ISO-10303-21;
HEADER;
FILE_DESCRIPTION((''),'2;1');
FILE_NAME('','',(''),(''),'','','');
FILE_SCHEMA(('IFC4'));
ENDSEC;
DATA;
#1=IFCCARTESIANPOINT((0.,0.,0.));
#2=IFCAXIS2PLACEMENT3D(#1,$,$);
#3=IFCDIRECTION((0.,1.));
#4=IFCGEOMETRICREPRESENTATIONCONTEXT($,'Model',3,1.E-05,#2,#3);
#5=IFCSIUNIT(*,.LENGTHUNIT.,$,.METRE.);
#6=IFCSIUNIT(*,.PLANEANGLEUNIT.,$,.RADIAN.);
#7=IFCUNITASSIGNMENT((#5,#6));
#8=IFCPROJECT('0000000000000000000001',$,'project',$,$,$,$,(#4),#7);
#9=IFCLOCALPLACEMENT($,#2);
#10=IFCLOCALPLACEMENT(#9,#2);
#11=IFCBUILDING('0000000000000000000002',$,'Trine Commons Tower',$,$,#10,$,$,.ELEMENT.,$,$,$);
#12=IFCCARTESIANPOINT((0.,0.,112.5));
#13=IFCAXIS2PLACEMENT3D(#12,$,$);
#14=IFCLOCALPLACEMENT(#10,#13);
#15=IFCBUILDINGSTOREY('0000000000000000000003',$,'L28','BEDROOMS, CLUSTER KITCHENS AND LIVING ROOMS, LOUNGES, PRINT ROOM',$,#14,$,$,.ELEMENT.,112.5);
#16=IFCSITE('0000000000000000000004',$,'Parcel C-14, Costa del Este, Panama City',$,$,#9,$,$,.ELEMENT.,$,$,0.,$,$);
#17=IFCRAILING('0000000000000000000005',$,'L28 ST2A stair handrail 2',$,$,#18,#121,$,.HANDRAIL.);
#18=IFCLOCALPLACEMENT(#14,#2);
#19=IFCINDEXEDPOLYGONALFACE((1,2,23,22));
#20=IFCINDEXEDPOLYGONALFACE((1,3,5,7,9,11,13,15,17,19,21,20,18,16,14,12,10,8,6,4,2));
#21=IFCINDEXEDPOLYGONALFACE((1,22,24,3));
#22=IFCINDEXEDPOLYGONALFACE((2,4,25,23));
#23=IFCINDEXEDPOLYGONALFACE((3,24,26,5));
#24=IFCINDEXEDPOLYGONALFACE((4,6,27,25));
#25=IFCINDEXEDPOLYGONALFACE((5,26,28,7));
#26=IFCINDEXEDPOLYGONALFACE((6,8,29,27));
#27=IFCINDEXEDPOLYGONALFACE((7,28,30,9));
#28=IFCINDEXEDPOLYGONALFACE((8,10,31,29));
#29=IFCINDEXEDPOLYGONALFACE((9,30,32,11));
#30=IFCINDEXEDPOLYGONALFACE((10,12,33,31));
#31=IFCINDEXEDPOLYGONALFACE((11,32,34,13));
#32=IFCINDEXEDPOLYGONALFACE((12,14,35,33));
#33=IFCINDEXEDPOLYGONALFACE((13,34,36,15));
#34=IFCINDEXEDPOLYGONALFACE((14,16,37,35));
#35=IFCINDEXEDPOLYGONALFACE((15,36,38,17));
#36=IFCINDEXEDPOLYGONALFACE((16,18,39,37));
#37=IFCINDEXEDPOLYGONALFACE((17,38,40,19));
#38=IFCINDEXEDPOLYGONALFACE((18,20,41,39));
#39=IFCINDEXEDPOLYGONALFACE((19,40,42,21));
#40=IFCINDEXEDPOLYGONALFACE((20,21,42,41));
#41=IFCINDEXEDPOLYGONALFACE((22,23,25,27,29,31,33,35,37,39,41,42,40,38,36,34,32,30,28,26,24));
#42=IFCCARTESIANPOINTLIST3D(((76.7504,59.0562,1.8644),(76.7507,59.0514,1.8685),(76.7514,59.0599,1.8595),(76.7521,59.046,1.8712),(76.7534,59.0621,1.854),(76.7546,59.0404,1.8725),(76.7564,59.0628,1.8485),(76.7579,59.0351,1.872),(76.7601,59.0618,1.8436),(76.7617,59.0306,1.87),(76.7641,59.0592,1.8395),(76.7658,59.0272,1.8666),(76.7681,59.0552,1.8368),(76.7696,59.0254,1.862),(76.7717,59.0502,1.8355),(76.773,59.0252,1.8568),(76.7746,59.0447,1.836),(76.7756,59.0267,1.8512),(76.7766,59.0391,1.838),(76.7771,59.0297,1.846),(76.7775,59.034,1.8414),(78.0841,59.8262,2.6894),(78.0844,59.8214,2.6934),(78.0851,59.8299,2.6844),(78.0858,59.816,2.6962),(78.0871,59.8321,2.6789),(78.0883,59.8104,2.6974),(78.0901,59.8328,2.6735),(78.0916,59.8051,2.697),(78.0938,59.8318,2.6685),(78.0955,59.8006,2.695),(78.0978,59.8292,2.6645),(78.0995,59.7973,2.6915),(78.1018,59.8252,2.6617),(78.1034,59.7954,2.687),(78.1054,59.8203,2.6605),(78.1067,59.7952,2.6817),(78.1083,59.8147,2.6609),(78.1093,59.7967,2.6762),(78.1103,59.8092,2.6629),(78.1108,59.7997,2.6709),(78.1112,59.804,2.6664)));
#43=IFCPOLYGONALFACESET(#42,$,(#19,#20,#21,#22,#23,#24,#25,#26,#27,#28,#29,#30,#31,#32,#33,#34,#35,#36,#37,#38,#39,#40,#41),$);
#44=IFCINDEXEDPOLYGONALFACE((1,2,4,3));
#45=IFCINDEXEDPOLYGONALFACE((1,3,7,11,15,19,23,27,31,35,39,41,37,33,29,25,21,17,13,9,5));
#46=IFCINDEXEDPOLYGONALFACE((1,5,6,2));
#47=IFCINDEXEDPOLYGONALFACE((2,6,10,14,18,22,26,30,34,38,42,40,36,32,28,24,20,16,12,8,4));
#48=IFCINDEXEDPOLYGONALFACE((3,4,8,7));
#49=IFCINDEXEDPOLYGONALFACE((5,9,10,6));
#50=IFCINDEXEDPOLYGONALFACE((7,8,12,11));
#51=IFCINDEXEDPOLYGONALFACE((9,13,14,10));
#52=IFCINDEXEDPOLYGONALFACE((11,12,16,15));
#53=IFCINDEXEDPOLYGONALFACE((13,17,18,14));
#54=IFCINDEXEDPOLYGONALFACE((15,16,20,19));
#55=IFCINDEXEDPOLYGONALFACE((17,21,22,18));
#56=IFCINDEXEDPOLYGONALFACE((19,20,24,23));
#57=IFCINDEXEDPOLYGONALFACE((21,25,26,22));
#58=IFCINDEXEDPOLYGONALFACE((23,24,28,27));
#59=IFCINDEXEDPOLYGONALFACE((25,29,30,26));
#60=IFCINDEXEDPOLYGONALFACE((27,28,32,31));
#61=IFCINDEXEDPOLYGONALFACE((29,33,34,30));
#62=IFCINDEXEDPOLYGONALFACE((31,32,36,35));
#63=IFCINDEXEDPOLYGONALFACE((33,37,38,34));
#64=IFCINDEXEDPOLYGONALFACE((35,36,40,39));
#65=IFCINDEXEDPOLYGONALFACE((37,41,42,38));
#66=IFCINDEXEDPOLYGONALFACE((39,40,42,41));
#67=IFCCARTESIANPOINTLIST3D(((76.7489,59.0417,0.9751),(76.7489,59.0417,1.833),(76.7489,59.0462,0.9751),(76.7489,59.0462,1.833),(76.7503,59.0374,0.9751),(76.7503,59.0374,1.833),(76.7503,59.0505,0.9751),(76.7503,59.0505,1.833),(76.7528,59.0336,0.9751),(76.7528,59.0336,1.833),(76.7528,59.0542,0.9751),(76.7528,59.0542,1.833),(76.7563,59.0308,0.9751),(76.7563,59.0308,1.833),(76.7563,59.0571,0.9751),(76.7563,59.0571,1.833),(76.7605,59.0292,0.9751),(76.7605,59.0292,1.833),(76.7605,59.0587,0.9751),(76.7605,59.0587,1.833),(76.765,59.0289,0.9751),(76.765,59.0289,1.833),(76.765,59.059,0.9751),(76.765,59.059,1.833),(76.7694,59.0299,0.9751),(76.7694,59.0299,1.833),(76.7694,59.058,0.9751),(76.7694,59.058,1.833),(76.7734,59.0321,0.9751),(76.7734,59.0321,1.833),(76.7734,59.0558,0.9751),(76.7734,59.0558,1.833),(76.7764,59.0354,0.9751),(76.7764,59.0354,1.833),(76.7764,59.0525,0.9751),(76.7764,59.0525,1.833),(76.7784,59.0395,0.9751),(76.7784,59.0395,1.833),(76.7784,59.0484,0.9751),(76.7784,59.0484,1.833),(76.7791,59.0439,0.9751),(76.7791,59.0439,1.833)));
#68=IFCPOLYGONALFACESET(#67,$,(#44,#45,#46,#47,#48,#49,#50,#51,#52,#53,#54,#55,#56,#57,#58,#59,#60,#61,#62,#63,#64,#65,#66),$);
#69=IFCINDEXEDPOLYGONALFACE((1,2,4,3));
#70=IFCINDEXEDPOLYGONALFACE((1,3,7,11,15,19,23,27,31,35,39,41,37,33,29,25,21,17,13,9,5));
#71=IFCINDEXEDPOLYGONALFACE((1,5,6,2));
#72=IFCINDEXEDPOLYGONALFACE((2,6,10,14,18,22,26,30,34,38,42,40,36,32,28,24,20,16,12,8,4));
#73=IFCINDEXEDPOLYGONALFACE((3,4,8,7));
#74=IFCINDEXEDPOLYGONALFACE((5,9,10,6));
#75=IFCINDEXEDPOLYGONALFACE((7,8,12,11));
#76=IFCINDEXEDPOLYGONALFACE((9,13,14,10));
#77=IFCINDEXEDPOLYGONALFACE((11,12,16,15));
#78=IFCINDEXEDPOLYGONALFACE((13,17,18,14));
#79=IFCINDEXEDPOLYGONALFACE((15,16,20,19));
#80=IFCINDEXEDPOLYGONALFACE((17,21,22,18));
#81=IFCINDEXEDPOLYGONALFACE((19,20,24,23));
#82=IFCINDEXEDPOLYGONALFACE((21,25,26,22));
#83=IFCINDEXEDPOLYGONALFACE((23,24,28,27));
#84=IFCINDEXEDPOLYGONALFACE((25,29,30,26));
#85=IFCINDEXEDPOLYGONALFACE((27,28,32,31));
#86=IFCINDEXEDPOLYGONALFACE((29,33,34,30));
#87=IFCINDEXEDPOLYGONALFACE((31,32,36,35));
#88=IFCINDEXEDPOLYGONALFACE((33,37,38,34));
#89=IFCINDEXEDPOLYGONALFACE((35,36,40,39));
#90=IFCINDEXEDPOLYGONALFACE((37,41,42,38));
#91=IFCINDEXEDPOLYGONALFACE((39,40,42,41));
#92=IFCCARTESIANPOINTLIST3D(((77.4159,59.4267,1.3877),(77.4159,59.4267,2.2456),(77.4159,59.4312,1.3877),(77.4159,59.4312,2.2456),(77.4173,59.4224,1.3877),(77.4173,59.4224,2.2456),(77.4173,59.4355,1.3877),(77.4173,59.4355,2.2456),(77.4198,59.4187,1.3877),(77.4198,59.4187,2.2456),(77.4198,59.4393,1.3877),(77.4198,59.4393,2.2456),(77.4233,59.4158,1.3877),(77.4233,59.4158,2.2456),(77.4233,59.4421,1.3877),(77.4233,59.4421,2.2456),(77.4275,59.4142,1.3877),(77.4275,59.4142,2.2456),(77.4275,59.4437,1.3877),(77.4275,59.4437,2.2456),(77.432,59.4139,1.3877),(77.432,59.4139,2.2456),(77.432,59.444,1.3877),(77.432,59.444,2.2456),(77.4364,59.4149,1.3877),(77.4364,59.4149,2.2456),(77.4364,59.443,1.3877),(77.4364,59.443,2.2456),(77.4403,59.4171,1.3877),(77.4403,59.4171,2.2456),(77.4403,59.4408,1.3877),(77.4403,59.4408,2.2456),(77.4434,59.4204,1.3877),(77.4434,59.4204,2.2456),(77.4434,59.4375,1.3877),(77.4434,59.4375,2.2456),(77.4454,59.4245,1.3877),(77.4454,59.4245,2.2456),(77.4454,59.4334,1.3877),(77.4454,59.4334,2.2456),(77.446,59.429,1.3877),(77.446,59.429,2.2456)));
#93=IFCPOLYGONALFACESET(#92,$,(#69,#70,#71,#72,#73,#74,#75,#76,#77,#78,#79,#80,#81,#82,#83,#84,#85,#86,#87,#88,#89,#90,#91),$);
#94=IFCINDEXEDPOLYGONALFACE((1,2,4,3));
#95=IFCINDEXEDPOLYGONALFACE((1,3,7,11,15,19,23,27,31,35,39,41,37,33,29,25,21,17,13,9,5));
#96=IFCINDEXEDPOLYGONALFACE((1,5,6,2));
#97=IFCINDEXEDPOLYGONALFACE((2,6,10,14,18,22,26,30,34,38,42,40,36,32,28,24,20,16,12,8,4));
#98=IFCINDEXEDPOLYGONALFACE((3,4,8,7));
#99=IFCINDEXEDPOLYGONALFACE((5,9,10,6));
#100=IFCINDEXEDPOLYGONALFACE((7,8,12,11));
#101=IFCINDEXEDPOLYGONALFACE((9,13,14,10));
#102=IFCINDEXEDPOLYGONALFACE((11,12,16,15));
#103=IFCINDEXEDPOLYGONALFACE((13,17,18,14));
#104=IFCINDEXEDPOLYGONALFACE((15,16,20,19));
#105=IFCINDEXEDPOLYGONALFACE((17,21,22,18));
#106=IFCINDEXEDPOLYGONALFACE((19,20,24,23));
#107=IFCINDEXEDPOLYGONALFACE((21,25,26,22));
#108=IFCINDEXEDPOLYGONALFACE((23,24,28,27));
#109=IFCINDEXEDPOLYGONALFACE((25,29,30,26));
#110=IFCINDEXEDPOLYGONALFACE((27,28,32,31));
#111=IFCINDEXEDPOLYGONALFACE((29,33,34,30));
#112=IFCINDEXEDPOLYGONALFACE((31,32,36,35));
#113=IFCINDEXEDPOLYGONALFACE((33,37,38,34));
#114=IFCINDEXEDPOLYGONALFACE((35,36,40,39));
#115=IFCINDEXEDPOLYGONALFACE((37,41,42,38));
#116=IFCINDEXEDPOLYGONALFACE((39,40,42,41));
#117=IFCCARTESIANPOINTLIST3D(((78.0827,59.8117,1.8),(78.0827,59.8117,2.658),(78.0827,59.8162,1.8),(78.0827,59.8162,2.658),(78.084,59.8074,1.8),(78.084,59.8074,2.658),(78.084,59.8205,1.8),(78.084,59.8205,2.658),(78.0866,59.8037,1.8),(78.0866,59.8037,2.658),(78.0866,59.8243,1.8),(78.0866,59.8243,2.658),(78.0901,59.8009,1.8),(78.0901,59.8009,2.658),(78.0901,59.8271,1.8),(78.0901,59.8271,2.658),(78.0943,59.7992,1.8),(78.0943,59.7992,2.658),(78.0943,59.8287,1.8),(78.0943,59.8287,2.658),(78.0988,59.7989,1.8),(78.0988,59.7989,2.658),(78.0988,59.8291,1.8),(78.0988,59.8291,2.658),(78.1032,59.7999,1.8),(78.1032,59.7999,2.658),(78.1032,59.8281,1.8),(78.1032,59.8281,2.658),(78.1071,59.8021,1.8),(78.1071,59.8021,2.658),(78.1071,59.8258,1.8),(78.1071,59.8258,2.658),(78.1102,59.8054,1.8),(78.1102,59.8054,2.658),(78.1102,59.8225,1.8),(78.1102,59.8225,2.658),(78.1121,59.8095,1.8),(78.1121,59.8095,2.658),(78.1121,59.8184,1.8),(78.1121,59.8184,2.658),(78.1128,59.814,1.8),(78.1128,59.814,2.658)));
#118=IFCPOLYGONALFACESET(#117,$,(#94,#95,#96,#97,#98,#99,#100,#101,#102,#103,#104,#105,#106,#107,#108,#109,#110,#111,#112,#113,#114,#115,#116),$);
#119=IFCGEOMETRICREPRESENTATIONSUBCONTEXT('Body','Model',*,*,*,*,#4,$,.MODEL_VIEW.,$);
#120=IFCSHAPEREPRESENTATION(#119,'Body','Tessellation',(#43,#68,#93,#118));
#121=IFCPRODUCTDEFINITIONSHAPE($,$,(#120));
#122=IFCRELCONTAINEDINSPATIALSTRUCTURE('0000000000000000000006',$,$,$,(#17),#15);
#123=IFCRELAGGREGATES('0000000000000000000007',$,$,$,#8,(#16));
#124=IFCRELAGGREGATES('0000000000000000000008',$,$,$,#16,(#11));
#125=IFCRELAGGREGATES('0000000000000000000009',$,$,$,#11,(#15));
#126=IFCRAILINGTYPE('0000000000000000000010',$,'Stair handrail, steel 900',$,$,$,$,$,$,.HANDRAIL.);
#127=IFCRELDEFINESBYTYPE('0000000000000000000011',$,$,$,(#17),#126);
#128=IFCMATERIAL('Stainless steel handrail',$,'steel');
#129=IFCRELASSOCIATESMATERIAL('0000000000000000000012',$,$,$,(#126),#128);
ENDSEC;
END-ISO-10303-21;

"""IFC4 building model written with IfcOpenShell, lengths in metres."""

from ifc_helpers import new_model, si_unit, direction, frame, origin, origin_2d, place, context, subcontext, project, spatial, circle, extrude, material, type_object, element, save


model = new_model("IFC4")

# Units and contexts
model_context = context("Model", 3, precision=1e-05, world=origin(), true_north=direction((0.0, 1.0)))
body_context = subcontext(model_context, "Body", "Model", "MODEL_VIEW")
ifc_project = project(units=[si_unit("LENGTHUNIT", "METRE"), si_unit("PLANEANGLEUNIT", "RADIAN")], contexts=[model_context])

# Site, building, storey
site_placement = place(None, origin())
site = spatial("IfcSite", under=ifc_project, at=site_placement, Name="Parcel C-14, Costa del Este, Panama City", CompositionType="ELEMENT", RefElevation=0.0)
building_placement = place(site_placement, origin())
building = spatial("IfcBuilding", under=site, at=building_placement, Name="Trine Commons Tower", CompositionType="ELEMENT")
storey_placement = place(building_placement, frame((0.0, 0.0, 112.5)))
storey = spatial("IfcBuildingStorey", under=building, at=storey_placement, Name="L28", Description="BEDROOMS, CLUSTER KITCHENS AND LIVING ROOMS, LOUNGES, PRINT ROOM", CompositionType="ELEMENT", Elevation=112.5)

# Railing
ifc_material_1 = material(Name="Stainless steel handrail", Category="steel")
railing_type_1 = type_object("IfcRailingType", Name="Stair handrail, steel 900", PredefinedType="HANDRAIL", material=ifc_material_1)
railing_1_placement = place(storey_placement, frame((76.7639, 59.0439, 0.9751)))
element("IfcRailing", 1, at=railing_1_placement, inside=storey, type_object=railing_type_1, Name="L28 ST2A stair handrail 2", PredefinedType="HANDRAIL", context=body_context, shape_type="SweptSolid", body=[
    extrude(circle(Radius=0.021, at=origin_2d()), frame((0.0, 0.0, 0.8789), z_axis=(0.763405, 0.440743, 0.472185), x_axis=(-0.499992, 0.86603, 0.0)), (0.0, 0.0, 1.0), 1.7471),
    extrude(circle(Radius=0.0151, at=origin_2d()), origin(), (0.0, 0.0, 1.0), 0.8579),
    extrude(circle(Radius=0.0151, at=origin_2d()), frame((0.667, 0.385, 0.4126)), (0.0, 0.0, 1.0), 0.8579),
    extrude(circle(Radius=0.0151, at=origin_2d()), frame((1.3337, 0.77, 0.825)), (0.0, 0.0, 1.0), 0.8579),
])

save(model, "model.ifc")
